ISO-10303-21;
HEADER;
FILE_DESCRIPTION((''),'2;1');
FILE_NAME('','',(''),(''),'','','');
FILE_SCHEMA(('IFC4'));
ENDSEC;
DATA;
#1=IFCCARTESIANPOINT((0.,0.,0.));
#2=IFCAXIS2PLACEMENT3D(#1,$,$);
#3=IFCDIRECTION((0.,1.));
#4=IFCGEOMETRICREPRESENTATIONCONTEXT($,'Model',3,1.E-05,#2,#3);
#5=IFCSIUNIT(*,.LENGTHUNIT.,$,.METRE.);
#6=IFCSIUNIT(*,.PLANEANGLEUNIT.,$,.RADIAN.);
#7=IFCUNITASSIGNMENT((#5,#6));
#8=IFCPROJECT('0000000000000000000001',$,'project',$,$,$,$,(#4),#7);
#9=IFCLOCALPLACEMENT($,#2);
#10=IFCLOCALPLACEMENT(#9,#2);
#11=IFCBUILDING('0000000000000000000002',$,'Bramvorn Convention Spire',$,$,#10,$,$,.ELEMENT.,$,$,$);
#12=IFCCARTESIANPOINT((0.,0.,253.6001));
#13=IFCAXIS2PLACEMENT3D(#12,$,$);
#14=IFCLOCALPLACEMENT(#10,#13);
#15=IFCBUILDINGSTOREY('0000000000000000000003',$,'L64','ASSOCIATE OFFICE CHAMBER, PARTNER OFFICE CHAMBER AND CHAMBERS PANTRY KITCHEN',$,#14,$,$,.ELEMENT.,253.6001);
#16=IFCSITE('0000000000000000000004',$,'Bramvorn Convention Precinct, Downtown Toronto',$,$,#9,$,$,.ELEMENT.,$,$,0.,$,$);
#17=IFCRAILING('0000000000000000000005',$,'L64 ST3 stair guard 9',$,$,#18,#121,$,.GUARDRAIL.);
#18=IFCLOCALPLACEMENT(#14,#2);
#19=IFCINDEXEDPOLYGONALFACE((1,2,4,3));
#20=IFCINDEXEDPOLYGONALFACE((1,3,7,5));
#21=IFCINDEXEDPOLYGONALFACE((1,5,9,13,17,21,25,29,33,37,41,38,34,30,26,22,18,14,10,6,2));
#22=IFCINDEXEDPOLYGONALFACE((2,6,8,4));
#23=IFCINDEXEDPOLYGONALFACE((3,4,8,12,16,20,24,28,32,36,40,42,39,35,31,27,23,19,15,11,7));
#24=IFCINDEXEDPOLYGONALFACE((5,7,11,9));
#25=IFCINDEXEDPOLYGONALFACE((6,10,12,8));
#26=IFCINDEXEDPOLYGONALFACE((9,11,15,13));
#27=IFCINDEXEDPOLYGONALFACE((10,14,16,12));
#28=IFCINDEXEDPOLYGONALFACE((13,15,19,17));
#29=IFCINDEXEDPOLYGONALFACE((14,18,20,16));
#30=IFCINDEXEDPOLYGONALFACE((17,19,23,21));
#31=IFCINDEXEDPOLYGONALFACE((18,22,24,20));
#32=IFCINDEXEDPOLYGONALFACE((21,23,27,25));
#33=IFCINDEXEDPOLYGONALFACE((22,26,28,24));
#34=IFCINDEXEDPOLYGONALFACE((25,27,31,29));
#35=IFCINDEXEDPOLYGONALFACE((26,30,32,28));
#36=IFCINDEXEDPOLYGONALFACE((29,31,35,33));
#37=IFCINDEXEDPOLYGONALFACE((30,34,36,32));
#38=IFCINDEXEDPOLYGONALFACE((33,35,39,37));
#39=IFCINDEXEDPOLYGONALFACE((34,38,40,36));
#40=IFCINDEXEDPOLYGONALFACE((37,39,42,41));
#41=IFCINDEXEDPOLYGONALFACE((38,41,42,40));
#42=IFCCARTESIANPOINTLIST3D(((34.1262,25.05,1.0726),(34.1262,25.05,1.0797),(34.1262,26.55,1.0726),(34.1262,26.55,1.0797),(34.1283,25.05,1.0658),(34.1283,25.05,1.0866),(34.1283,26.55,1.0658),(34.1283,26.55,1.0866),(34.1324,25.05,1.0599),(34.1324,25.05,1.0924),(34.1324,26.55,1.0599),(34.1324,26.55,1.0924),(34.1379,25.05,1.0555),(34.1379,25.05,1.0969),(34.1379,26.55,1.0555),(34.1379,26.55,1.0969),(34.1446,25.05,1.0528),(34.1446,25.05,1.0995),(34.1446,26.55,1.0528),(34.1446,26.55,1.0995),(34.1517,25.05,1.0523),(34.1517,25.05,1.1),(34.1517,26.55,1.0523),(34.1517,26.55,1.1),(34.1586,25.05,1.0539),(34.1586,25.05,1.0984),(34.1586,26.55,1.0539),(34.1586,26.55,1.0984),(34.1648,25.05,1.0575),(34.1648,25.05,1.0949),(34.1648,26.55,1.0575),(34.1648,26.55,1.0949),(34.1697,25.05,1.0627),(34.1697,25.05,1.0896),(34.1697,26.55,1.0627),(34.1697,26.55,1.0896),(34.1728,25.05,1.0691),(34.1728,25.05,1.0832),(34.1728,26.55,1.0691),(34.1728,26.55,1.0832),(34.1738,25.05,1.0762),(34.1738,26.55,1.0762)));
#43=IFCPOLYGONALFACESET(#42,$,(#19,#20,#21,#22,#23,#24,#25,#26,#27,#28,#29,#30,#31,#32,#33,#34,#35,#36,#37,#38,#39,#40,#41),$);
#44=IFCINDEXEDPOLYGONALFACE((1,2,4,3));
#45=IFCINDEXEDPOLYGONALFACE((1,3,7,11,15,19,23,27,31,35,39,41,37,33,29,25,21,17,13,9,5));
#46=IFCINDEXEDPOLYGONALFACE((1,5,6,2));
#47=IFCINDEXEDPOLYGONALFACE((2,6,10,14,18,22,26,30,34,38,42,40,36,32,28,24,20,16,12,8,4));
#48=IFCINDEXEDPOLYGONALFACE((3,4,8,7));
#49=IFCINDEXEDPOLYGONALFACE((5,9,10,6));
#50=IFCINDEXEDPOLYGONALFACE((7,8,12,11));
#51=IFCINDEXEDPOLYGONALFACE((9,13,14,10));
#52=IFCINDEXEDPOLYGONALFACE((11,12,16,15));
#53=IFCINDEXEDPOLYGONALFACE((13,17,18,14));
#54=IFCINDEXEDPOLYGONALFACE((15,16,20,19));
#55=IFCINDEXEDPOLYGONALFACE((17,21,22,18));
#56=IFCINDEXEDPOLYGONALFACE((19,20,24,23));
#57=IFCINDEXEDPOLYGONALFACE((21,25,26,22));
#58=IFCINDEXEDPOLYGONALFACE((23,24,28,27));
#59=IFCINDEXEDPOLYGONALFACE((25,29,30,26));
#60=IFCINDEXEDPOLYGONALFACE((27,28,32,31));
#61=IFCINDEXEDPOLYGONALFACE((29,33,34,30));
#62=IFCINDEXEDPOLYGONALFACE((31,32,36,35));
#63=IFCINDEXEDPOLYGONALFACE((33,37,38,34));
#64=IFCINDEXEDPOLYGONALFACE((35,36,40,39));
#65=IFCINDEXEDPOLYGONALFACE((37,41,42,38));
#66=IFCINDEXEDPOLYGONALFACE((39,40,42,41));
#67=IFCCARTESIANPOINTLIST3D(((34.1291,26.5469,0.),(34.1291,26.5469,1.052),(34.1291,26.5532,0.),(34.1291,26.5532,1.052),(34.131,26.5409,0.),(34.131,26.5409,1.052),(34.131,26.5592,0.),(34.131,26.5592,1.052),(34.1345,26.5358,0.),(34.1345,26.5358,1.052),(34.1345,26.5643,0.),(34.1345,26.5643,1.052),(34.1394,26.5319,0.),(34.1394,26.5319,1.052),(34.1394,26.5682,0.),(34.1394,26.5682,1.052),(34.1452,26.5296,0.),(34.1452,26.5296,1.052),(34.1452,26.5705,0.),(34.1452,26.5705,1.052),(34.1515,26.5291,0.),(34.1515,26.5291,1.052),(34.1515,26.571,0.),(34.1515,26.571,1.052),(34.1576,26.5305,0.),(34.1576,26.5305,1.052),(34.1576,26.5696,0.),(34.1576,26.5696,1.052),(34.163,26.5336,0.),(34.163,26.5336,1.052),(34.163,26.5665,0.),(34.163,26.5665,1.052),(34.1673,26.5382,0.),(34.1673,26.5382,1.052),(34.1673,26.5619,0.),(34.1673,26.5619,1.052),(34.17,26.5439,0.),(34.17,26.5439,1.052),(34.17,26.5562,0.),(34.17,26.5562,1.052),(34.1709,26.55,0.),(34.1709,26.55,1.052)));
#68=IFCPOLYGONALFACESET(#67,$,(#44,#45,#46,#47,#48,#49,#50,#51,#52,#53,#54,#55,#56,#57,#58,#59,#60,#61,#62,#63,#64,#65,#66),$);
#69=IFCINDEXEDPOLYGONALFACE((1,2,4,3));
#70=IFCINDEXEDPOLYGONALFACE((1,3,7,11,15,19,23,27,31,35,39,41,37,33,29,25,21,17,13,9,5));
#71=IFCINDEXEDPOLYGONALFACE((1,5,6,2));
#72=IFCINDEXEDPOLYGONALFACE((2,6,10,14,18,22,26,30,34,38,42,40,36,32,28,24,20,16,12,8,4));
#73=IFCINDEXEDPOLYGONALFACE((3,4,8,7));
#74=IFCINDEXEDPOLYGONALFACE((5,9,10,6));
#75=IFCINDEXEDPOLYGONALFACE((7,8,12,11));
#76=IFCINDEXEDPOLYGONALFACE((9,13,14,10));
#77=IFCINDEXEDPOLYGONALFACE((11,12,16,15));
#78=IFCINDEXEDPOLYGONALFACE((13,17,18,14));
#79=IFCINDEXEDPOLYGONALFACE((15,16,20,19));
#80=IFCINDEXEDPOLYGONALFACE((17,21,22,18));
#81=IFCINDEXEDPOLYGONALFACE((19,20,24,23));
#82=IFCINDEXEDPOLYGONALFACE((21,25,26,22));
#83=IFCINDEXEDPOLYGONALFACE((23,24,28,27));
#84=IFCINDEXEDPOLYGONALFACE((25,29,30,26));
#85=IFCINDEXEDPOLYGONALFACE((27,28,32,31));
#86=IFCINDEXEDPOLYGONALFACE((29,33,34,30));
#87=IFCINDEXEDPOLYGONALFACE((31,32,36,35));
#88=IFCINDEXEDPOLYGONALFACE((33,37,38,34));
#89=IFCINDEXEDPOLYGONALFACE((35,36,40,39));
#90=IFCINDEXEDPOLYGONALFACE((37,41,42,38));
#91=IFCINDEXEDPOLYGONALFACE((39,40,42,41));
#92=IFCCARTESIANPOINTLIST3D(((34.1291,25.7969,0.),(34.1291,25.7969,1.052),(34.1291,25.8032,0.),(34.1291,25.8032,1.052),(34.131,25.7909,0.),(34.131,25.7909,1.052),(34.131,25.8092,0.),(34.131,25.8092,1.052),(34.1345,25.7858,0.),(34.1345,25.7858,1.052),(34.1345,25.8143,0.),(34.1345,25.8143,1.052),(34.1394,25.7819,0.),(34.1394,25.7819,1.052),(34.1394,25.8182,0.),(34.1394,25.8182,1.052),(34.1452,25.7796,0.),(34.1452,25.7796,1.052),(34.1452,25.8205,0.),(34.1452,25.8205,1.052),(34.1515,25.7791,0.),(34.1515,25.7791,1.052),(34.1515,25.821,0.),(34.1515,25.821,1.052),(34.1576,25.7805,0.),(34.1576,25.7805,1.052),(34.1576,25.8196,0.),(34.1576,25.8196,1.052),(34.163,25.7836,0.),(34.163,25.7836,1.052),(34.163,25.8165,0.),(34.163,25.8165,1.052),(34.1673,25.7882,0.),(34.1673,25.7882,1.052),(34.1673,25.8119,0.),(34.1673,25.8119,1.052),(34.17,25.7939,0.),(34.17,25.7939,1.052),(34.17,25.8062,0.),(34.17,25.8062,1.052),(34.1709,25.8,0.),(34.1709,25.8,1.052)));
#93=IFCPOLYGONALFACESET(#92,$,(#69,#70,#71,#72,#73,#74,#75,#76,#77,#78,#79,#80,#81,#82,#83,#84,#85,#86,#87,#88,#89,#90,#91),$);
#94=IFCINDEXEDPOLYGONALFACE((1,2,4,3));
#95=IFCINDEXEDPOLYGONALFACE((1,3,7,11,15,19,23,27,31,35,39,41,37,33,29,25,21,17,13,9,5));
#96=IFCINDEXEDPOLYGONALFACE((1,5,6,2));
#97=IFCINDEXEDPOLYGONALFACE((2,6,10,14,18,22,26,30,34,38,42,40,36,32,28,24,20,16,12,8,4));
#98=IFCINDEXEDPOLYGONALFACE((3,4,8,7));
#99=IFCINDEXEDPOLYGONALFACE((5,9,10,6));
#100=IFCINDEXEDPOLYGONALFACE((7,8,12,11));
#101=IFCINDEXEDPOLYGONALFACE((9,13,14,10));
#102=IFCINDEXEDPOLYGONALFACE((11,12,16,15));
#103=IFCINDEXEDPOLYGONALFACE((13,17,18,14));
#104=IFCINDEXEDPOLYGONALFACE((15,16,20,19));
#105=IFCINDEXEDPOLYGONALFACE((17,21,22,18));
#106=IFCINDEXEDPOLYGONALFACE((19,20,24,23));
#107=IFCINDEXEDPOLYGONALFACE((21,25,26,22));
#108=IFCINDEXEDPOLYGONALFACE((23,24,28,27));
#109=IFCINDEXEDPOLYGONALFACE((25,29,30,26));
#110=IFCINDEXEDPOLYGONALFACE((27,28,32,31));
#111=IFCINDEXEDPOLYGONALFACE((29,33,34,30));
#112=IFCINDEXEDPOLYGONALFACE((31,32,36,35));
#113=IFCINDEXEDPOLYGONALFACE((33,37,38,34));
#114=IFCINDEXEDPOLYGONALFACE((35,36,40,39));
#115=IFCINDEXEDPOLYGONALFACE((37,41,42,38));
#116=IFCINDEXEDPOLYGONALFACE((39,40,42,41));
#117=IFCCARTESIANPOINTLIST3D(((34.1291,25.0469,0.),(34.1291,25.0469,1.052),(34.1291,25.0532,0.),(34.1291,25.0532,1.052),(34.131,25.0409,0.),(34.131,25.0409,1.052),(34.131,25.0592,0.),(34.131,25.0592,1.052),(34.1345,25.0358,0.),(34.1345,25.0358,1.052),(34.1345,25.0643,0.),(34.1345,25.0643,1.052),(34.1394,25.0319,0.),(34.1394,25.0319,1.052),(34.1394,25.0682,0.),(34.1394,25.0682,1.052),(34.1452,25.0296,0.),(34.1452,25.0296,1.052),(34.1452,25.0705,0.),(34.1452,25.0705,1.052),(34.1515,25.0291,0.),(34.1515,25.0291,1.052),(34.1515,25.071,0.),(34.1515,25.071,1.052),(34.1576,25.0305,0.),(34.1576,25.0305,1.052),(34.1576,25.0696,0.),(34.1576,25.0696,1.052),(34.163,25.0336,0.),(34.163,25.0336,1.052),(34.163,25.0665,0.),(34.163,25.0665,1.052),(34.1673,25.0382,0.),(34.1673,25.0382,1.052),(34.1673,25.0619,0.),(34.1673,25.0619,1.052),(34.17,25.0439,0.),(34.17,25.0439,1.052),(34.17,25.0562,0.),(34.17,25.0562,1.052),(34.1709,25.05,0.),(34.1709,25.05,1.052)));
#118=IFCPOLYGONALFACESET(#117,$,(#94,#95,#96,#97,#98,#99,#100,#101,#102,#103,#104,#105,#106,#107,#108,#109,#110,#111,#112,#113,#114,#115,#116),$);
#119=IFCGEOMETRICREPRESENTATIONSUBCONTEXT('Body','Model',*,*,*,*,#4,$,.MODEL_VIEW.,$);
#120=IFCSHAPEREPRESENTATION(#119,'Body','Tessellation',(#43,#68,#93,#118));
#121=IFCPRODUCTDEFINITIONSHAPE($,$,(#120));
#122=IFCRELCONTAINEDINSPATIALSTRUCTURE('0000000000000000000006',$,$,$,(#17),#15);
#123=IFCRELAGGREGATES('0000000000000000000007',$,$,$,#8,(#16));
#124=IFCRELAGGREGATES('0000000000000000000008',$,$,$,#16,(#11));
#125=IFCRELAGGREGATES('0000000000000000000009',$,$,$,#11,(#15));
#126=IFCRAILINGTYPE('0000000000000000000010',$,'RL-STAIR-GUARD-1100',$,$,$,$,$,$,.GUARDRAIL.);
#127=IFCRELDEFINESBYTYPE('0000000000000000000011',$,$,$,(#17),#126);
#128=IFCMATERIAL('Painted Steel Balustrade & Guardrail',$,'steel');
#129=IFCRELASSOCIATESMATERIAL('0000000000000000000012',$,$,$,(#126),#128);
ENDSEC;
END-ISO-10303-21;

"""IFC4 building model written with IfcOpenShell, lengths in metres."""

from ifc_helpers import new_model, si_unit, direction, frame, origin, origin_2d, place, context, subcontext, project, spatial, circle, extrude, material, type_object, element, save


model = new_model("IFC4")

# Units and contexts
model_context = context("Model", 3, precision=1e-05, world=origin(), true_north=direction((0.0, 1.0)))
body_context = subcontext(model_context, "Body", "Model", "MODEL_VIEW")
ifc_project = project(units=[si_unit("LENGTHUNIT", "METRE"), si_unit("PLANEANGLEUNIT", "RADIAN")], contexts=[model_context])

# Site, building, storey
site_placement = place(None, origin())
site = spatial("IfcSite", under=ifc_project, at=site_placement, Name="Bramvorn Convention Precinct, Downtown Toronto", CompositionType="ELEMENT", RefElevation=0.0)
building_placement = place(site_placement, origin())
building = spatial("IfcBuilding", under=site, at=building_placement, Name="Bramvorn Convention Spire", CompositionType="ELEMENT")
storey_placement = place(building_placement, frame((0.0, 0.0, 253.6001)))
storey = spatial("IfcBuildingStorey", under=building, at=storey_placement, Name="L64", Description="ASSOCIATE OFFICE CHAMBER, PARTNER OFFICE CHAMBER AND CHAMBERS PANTRY KITCHEN", CompositionType="ELEMENT", Elevation=253.6001)

# Railing
ifc_material_1 = material(Name="Painted Steel Balustrade & Guardrail", Category="steel")
railing_type_1 = type_object("IfcRailingType", Name="RL-STAIR-GUARD-1100", PredefinedType="GUARDRAIL", material=ifc_material_1)
railing_1_placement = place(storey_placement, frame((34.1499, 26.55, 0.0)))
element("IfcRailing", 1, at=railing_1_placement, inside=storey, type_object=railing_type_1, Name="L64 ST3 stair guard 9", PredefinedType="GUARDRAIL", context=body_context, shape_type="SweptSolid", body=[
    extrude(circle(Radius=0.0239, at=origin_2d()), frame((0.0, 0.0, 1.0762), z_axis=(0.0, -1.0, 0.0), x_axis=(1.0, 0.0, 0.0)), (0.0, 0.0, 1.0), 1.5),
    extrude(circle(Radius=0.021, at=origin_2d()), origin(), (0.0, 0.0, 1.0), 1.052),
    extrude(circle(Radius=0.021, at=origin_2d()), frame((0.0, -0.75, 0.0)), (0.0, 0.0, 1.0), 1.052),
    extrude(circle(Radius=0.021, at=origin_2d()), frame((0.0, -1.5, 0.0)), (0.0, 0.0, 1.0), 1.052),
])

save(model, "model.ifc")
